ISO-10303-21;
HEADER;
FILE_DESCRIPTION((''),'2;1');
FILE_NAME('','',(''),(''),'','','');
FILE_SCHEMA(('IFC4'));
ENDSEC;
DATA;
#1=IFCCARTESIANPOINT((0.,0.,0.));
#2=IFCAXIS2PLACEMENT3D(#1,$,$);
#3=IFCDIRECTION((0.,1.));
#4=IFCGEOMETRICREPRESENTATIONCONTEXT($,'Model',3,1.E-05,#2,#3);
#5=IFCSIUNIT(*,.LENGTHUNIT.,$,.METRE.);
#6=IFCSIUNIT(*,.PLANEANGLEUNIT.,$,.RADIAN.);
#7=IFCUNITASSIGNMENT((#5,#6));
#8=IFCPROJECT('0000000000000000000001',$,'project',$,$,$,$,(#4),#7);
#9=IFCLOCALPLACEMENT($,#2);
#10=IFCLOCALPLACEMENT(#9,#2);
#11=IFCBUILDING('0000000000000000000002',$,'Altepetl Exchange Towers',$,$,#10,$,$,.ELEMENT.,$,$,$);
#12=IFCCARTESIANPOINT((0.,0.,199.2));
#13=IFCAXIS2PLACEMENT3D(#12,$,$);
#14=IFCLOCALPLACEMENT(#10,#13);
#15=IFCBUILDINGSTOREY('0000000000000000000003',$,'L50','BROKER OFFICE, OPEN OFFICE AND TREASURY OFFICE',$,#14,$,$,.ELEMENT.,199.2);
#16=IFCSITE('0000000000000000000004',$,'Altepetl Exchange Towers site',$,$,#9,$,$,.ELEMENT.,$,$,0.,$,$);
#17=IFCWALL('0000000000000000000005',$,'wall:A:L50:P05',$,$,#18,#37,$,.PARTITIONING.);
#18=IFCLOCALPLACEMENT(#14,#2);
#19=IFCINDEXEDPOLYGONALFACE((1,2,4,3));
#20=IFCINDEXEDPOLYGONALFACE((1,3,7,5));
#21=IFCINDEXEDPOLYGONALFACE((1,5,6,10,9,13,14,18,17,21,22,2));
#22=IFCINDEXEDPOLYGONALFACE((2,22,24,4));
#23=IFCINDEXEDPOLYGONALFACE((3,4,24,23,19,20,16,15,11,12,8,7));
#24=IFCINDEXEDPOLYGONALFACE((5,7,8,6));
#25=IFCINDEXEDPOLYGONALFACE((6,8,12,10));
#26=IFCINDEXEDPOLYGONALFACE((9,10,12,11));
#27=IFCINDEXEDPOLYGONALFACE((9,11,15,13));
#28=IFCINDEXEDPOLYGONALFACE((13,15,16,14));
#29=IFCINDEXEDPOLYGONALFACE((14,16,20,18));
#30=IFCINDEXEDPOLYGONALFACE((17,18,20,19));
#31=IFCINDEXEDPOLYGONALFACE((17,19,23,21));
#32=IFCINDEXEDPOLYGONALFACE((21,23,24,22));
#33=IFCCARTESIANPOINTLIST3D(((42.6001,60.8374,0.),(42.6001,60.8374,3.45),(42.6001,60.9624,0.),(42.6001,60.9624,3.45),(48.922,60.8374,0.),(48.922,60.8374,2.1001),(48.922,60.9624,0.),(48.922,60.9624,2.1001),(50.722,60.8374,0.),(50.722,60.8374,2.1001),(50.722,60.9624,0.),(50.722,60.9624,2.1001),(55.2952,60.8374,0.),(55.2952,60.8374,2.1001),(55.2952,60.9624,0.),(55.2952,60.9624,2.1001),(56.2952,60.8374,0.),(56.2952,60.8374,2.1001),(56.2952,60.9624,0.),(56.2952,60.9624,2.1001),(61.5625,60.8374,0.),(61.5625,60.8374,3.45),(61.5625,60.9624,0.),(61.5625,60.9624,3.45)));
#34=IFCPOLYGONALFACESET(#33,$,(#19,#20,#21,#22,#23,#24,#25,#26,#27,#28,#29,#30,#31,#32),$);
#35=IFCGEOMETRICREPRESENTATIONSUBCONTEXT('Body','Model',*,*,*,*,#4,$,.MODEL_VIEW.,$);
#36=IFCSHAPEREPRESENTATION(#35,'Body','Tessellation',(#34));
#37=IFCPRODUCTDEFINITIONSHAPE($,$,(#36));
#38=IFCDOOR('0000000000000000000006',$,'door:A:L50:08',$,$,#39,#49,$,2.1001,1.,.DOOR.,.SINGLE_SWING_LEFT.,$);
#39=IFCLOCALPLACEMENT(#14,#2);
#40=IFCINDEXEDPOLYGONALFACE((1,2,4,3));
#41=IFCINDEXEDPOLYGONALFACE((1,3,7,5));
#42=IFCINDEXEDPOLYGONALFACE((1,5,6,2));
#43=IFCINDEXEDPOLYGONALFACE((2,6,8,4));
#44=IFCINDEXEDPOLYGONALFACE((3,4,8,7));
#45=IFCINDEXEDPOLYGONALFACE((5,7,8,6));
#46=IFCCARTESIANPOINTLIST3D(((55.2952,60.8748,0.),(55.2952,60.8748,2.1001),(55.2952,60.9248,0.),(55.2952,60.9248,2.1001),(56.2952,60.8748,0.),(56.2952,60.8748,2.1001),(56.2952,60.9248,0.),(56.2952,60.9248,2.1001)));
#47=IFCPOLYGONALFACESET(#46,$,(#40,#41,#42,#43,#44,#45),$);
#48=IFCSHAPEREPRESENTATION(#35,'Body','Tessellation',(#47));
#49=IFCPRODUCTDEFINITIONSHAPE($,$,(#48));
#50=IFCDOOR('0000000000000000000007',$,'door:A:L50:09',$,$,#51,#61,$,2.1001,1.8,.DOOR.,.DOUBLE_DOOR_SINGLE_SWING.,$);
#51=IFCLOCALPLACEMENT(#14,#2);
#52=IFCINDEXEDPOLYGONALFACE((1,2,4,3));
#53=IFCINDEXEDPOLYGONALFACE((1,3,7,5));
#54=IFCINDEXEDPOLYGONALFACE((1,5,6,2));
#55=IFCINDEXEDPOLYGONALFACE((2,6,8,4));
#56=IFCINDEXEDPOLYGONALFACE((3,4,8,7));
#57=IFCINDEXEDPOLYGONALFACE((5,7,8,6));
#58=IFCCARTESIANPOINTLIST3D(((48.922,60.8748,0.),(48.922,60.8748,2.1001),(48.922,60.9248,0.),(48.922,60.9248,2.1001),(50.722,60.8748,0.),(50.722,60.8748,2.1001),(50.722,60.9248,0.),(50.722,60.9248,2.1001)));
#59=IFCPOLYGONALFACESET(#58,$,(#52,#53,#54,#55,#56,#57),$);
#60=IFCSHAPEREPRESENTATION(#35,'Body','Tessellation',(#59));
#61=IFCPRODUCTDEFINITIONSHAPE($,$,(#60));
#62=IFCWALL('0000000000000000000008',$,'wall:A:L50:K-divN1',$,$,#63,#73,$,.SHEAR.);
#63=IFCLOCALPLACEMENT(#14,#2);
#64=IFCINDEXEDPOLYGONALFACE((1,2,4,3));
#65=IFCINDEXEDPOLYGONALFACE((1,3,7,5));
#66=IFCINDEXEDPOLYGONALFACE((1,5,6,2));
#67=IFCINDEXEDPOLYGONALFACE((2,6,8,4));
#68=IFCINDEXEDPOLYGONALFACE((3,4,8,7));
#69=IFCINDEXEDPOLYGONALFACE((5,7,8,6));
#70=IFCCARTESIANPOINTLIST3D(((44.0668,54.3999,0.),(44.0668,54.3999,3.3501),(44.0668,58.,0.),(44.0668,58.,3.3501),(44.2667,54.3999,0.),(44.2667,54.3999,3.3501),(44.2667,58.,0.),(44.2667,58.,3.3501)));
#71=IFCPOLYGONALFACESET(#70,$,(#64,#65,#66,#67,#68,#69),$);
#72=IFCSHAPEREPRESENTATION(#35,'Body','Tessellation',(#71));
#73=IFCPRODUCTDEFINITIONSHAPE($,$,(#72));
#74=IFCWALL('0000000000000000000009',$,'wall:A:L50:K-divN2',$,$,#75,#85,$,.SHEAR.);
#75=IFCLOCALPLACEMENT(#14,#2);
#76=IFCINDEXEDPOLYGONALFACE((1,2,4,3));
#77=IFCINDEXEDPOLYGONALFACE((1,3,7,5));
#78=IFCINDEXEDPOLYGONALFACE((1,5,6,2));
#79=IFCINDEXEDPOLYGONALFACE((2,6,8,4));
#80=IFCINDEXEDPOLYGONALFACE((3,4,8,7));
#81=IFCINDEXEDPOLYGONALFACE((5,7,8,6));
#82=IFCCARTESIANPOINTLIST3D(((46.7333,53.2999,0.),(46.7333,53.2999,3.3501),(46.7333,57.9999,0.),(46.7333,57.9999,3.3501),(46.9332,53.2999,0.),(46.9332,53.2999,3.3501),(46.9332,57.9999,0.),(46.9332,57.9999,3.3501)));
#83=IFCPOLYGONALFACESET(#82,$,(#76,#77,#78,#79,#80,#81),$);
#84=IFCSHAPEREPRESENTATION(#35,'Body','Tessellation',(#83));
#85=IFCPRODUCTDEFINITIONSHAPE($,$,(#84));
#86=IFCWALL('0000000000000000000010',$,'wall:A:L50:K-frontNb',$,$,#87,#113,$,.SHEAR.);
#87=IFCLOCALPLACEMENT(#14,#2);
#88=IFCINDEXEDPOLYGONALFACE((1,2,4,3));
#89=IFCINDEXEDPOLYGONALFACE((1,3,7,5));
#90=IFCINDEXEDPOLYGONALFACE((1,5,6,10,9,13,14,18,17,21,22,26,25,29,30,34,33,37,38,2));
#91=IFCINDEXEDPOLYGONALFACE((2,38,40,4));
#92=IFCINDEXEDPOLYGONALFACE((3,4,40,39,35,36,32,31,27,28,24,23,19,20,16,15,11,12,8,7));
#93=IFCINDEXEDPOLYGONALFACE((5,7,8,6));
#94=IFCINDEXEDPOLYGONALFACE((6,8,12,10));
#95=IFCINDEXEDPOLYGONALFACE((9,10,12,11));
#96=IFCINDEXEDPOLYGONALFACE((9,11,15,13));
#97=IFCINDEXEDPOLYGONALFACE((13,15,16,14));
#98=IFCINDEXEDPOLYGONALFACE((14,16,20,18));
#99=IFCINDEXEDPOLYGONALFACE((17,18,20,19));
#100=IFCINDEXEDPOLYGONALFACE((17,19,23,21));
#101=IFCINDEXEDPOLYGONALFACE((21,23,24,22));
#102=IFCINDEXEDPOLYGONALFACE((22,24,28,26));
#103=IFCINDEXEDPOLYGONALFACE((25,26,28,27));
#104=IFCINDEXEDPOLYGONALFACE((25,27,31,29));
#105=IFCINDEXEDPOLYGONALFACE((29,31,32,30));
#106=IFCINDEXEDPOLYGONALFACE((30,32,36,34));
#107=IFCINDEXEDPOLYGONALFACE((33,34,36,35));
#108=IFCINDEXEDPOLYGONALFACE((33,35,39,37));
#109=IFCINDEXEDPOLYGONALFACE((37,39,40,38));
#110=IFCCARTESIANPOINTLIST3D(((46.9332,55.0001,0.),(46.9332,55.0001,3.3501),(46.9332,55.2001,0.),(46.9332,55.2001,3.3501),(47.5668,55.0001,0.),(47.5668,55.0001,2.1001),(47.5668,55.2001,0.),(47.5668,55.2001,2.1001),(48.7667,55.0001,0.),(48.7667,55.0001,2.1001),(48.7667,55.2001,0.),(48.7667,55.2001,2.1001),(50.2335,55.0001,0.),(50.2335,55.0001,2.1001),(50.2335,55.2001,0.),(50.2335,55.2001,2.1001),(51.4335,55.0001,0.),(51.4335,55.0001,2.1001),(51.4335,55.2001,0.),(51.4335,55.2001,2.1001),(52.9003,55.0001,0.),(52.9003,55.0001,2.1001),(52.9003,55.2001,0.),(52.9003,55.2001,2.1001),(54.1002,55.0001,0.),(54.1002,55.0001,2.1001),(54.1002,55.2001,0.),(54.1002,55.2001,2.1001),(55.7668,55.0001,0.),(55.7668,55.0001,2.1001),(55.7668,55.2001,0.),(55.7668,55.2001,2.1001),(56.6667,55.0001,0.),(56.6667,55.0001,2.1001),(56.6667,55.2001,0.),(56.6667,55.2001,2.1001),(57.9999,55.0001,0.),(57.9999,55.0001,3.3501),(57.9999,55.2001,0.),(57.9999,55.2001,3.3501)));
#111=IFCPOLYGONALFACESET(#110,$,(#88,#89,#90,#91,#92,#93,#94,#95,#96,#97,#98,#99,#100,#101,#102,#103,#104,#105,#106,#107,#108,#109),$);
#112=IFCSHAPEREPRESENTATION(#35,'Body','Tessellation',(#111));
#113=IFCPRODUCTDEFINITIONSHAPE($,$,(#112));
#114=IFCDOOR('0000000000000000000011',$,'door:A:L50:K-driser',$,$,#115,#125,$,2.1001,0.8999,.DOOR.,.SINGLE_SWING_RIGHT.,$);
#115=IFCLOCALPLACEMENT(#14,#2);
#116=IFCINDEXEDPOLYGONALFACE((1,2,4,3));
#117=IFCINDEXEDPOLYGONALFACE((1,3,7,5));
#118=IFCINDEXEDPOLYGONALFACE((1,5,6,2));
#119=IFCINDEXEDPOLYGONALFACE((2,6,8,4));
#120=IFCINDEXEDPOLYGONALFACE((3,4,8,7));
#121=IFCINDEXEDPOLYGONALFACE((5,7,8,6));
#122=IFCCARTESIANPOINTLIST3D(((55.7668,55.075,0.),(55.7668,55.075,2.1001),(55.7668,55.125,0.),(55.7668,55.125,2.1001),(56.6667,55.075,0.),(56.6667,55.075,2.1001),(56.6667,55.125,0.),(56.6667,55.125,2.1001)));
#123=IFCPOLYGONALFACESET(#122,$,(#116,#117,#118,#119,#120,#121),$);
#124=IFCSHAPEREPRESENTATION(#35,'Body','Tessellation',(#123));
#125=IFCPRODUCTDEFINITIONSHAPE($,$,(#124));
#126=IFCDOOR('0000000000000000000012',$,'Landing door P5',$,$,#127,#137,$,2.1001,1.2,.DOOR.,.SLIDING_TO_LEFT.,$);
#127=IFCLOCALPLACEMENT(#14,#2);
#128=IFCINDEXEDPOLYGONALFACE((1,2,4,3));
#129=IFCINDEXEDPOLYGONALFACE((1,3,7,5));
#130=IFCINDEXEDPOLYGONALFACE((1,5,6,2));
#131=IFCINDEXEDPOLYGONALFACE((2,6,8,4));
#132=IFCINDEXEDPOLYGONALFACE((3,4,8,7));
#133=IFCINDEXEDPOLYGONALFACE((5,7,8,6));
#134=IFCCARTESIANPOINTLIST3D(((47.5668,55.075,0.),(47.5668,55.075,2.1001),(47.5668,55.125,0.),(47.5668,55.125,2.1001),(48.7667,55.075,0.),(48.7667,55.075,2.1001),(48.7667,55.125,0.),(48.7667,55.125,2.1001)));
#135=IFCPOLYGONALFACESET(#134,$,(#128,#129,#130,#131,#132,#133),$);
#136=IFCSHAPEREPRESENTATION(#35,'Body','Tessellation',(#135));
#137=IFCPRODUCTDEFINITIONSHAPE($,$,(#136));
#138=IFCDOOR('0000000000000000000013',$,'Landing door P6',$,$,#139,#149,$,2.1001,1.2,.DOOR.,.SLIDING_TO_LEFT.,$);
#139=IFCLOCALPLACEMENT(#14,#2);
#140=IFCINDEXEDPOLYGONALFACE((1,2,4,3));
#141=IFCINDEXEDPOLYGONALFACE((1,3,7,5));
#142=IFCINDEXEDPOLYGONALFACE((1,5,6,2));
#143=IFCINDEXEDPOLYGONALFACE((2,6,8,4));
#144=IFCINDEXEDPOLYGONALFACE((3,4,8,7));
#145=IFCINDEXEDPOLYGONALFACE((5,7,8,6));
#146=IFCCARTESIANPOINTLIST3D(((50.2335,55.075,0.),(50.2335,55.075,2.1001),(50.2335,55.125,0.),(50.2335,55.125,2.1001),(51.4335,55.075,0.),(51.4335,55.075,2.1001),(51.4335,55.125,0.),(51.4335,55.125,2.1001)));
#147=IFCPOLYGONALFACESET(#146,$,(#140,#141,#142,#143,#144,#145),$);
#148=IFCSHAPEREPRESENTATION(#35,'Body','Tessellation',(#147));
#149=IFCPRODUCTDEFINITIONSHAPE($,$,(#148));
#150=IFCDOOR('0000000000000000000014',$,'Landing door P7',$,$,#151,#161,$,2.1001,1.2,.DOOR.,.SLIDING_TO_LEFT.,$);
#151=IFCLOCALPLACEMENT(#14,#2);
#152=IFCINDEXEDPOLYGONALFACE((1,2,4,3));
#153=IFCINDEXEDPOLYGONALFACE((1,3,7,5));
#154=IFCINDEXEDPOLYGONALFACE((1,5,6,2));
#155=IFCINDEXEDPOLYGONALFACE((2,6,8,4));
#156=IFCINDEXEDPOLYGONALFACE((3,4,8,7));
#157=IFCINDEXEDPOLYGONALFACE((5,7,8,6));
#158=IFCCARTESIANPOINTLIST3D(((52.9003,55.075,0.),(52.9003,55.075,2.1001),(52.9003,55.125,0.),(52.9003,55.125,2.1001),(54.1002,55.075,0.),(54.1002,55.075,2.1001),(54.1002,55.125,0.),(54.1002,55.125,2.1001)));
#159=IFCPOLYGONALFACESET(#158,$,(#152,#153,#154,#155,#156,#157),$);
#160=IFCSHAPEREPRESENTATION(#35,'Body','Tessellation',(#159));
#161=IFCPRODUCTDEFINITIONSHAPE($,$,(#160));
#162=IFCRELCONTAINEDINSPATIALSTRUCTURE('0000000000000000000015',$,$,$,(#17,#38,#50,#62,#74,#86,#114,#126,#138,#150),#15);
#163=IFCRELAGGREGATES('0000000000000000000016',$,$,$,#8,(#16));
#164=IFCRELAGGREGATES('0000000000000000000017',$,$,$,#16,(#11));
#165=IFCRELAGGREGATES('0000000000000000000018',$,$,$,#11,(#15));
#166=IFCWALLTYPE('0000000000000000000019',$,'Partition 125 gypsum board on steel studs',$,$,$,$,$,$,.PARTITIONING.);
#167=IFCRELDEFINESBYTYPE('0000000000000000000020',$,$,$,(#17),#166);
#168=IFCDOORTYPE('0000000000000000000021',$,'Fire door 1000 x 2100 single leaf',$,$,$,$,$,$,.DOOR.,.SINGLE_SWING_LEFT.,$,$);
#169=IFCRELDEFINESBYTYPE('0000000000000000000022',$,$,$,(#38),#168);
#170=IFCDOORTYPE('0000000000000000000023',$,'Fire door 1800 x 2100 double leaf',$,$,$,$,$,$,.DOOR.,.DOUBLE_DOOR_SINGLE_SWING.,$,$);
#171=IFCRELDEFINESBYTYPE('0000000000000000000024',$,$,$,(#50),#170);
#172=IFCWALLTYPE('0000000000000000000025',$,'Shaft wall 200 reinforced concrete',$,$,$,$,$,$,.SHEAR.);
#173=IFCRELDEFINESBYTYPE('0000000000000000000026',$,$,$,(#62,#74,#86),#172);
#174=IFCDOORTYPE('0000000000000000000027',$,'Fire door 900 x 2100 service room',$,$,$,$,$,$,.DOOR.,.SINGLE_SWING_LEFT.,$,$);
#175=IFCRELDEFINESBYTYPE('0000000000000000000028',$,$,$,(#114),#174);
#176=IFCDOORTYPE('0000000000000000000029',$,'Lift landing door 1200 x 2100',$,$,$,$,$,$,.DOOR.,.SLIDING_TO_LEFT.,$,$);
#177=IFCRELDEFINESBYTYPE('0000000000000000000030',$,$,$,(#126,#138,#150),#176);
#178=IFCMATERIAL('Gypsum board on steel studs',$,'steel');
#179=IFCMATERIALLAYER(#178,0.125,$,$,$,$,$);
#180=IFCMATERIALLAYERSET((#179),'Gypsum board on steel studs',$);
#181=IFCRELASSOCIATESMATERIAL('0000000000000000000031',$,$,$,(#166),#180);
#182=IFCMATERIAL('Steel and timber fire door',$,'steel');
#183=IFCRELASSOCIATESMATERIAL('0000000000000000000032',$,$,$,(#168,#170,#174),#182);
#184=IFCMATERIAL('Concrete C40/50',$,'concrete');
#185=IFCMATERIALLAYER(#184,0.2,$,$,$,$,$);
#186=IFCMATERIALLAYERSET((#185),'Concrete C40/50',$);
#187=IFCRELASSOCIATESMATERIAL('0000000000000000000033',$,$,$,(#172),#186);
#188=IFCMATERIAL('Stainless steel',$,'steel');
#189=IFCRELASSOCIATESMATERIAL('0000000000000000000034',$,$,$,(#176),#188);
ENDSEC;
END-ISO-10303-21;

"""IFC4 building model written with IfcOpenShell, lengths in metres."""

from ifc_helpers import new_model, si_unit, direction, frame, frame_2d, origin, place, context, subcontext, project, spatial, rectangle, extrude, material, layer, layer_set, type_object, element, fill, save


model = new_model("IFC4")

# Units and contexts
model_context = context("Model", 3, precision=1e-05, world=origin(), true_north=direction((0.0, 1.0)))
body_context = subcontext(model_context, "Body", "Model", "MODEL_VIEW")
ifc_project = project(units=[si_unit("LENGTHUNIT", "METRE"), si_unit("PLANEANGLEUNIT", "RADIAN")], contexts=[model_context])

# Site, building, storey
site_placement = place(None, origin())
site = spatial("IfcSite", under=ifc_project, at=site_placement, Name="Altepetl Exchange Towers site", CompositionType="ELEMENT", RefElevation=0.0)
building_placement = place(site_placement, origin())
building = spatial("IfcBuilding", under=site, at=building_placement, Name="Altepetl Exchange Towers", CompositionType="ELEMENT")
storey_placement = place(building_placement, frame((0.0, 0.0, 199.2)))
storey = spatial("IfcBuildingStorey", under=building, at=storey_placement, Name="L50", Description="BROKER OFFICE, OPEN OFFICE AND TREASURY OFFICE", CompositionType="ELEMENT", Elevation=199.2)

# Wall, openings, doors
ifc_material_1 = material(Name="Gypsum board on steel studs", Category="steel")
ifc_layer_1 = layer(ifc_material_1, 0.125)
ifc_layer_set_1 = layer_set([ifc_layer_1], Name="Gypsum board on steel studs")
wall_type_1 = type_object("IfcWallType", Name="Partition 125 gypsum board on steel studs", PredefinedType="PARTITIONING", material=ifc_layer_set_1)
wall_1_placement = place(storey_placement, frame((42.6001, 60.8999, 0.0)))
wall_1 = element("IfcWall", 1, at=wall_1_placement, inside=storey, type_object=wall_type_1, Name="wall:A:L50:P05", PredefinedType="PARTITIONING", context=body_context, shape_type="SweptSolid", body=[
    extrude(rectangle(XDim=18.9624, YDim=0.125, at=frame_2d((9.4812, 0.0))), origin(), (0.0, 0.0, 1.0), 3.45),
])
opening_1_placement = place(wall_1_placement, frame((12.6951, 0.0, 0.0)))
opening_1 = element("IfcOpeningElement", 2, at=opening_1_placement, cuts=wall_1, PredefinedType="OPENING", context=body_context, shape_type="SweptSolid", body=[
    extrude(rectangle(XDim=1.0, YDim=2.1001, at=frame_2d((0.5, 1.05))), frame((0.0, 0.0725, 0.0), z_axis=(0.0, -1.0, 0.0), x_axis=(1.0, 0.0, 0.0)), (0.0, 0.0, 1.0), 0.145),
])
opening_2_placement = place(wall_1_placement, frame((6.322, 0.0, 0.0)))
opening_2 = element("IfcOpeningElement", 3, at=opening_2_placement, cuts=wall_1, PredefinedType="OPENING", context=body_context, shape_type="SweptSolid", body=[
    extrude(rectangle(XDim=1.8, YDim=2.1001, at=frame_2d((0.8999, 1.05))), frame((0.0, 0.0725, 0.0), z_axis=(0.0, -1.0, 0.0), x_axis=(1.0, 0.0, 0.0)), (0.0, 0.0, 1.0), 0.145),
])
ifc_material_2 = material(Name="Steel and timber fire door", Category="steel")
door_type_1 = type_object("IfcDoorType", Name="Fire door 1000 x 2100 single leaf", OperationType="SINGLE_SWING_LEFT", PredefinedType="DOOR", material=ifc_material_2)
door_1_placement = place(opening_1_placement, origin())
door_1 = element("IfcDoor", 4, at=door_1_placement, inside=storey, type_object=door_type_1, Name="door:A:L50:08", OperationType="SINGLE_SWING_LEFT", OverallHeight=2.1001, OverallWidth=1.0, PredefinedType="DOOR", context=body_context, shape_type="SweptSolid", body=[
    extrude(rectangle(XDim=1.0, YDim=2.1001, at=frame_2d((0.5, 1.05))), frame((0.0, 0.0249, 0.0), z_axis=(0.0, -1.0, 0.0), x_axis=(1.0, 0.0, 0.0)), (0.0, 0.0, 1.0), 0.05),
])
fill(opening_1, door_1)
door_type_2 = type_object("IfcDoorType", Name="Fire door 1800 x 2100 double leaf", OperationType="DOUBLE_DOOR_SINGLE_SWING", PredefinedType="DOOR", material=ifc_material_2)
door_2_placement = place(opening_2_placement, origin())
door_2 = element("IfcDoor", 5, at=door_2_placement, inside=storey, type_object=door_type_2, Name="door:A:L50:09", OperationType="DOUBLE_DOOR_SINGLE_SWING", OverallHeight=2.1001, OverallWidth=1.8, PredefinedType="DOOR", context=body_context, shape_type="SweptSolid", body=[
    extrude(rectangle(XDim=1.8, YDim=2.1001, at=frame_2d((0.8999, 1.05))), frame((0.0, 0.0249, 0.0), z_axis=(0.0, -1.0, 0.0), x_axis=(1.0, 0.0, 0.0)), (0.0, 0.0, 1.0), 0.05),
])
fill(opening_2, door_2)

# Walls
ifc_material_3 = material(Name="Concrete C40/50", Category="concrete")
ifc_layer_2 = layer(ifc_material_3, 0.2)
ifc_layer_set_2 = layer_set([ifc_layer_2], Name="Concrete C40/50")
wall_type_2 = type_object("IfcWallType", Name="Shaft wall 200 reinforced concrete", PredefinedType="SHEAR", material=ifc_layer_set_2)
wall_2_placement = place(storey_placement, frame((44.1667, 58.0, 0.0), z_axis=(0.0, 0.0, 1.0), x_axis=(0.0, -1.0, 0.0)))
element("IfcWall", 6, at=wall_2_placement, inside=storey, type_object=wall_type_2, Name="wall:A:L50:K-divN1", PredefinedType="SHEAR", context=body_context, shape_type="SweptSolid", body=[
    extrude(rectangle(XDim=3.6001, YDim=0.2, at=frame_2d((1.8, 0.0))), origin(), (0.0, 0.0, 1.0), 3.3501),
])
wall_3_placement = place(storey_placement, frame((46.8333, 58.0, 0.0), z_axis=(0.0, 0.0, 1.0), x_axis=(0.0, -1.0, 0.0)))
element("IfcWall", 7, at=wall_3_placement, inside=storey, type_object=wall_type_2, Name="wall:A:L50:K-divN2", PredefinedType="SHEAR", context=body_context, shape_type="SweptSolid", body=[
    extrude(rectangle(XDim=4.7, YDim=0.2, at=frame_2d((2.3501, 0.0))), origin(), (0.0, 0.0, 1.0), 3.3501),
])

# Wall, openings, doors
wall_4_placement = place(storey_placement, frame((46.9333, 55.1001, 0.0)))
wall_4 = element("IfcWall", 8, at=wall_4_placement, inside=storey, type_object=wall_type_2, Name="wall:A:L50:K-frontNb", PredefinedType="SHEAR", context=body_context, shape_type="SweptSolid", body=[
    extrude(rectangle(XDim=11.0667, YDim=0.2, at=frame_2d((5.5332, 0.0))), origin(), (0.0, 0.0, 1.0), 3.3501),
])
opening_3_placement = place(wall_4_placement, frame((8.8335, 0.0, 0.0)))
opening_3 = element("IfcOpeningElement", 9, at=opening_3_placement, cuts=wall_4, PredefinedType="OPENING", context=body_context, shape_type="SweptSolid", body=[
    extrude(rectangle(XDim=0.8999, YDim=2.1001, at=frame_2d((0.45, 1.05))), frame((0.0, 0.1099, 0.0), z_axis=(0.0, -1.0, 0.0), x_axis=(1.0, 0.0, 0.0)), (0.0, 0.0, 1.0), 0.22),
])
opening_4_placement = place(wall_4_placement, frame((0.6333, 0.0, 0.0)))
opening_4 = element("IfcOpeningElement", 10, at=opening_4_placement, cuts=wall_4, PredefinedType="OPENING", context=body_context, shape_type="SweptSolid", body=[
    extrude(rectangle(XDim=1.2, YDim=2.1001, at=frame_2d((0.6001, 1.05))), frame((0.0, 0.1099, 0.0), z_axis=(0.0, -1.0, 0.0), x_axis=(1.0, 0.0, 0.0)), (0.0, 0.0, 1.0), 0.22),
])
opening_5_placement = place(wall_4_placement, frame((3.3, 0.0, 0.0)))
opening_5 = element("IfcOpeningElement", 11, at=opening_5_placement, cuts=wall_4, PredefinedType="OPENING", context=body_context, shape_type="SweptSolid", body=[
    extrude(rectangle(XDim=1.2, YDim=2.1001, at=frame_2d((0.6001, 1.05))), frame((0.0, 0.1099, 0.0), z_axis=(0.0, -1.0, 0.0), x_axis=(1.0, 0.0, 0.0)), (0.0, 0.0, 1.0), 0.22),
])
opening_6_placement = place(wall_4_placement, frame((5.9668, 0.0, 0.0)))
opening_6 = element("IfcOpeningElement", 12, at=opening_6_placement, cuts=wall_4, PredefinedType="OPENING", context=body_context, shape_type="SweptSolid", body=[
    extrude(rectangle(XDim=1.2, YDim=2.1001, at=frame_2d((0.6001, 1.05))), frame((0.0, 0.1099, 0.0), z_axis=(0.0, -1.0, 0.0), x_axis=(1.0, 0.0, 0.0)), (0.0, 0.0, 1.0), 0.22),
])
door_type_3 = type_object("IfcDoorType", Name="Fire door 900 x 2100 service room", OperationType="SINGLE_SWING_LEFT", PredefinedType="DOOR", material=ifc_material_2)
door_3_placement = place(opening_3_placement, origin())
door_3 = element("IfcDoor", 13, at=door_3_placement, inside=storey, type_object=door_type_3, Name="door:A:L50:K-driser", OperationType="SINGLE_SWING_RIGHT", OverallHeight=2.1001, OverallWidth=0.8999, PredefinedType="DOOR", context=body_context, shape_type="SweptSolid", body=[
    extrude(rectangle(XDim=0.8999, YDim=2.1001, at=frame_2d((0.45, 1.05))), frame((0.0, 0.0249, 0.0), z_axis=(0.0, -1.0, 0.0), x_axis=(1.0, 0.0, 0.0)), (0.0, 0.0, 1.0), 0.05),
])
fill(opening_3, door_3)
ifc_material_4 = material(Name="Stainless steel", Category="steel")
door_type_4 = type_object("IfcDoorType", Name="Lift landing door 1200 x 2100", OperationType="SLIDING_TO_LEFT", PredefinedType="DOOR", material=ifc_material_4)
door_4_placement = place(opening_4_placement, origin())
door_4 = element("IfcDoor", 14, at=door_4_placement, inside=storey, type_object=door_type_4, Name="Landing door P5", OperationType="SLIDING_TO_LEFT", OverallHeight=2.1001, OverallWidth=1.2, PredefinedType="DOOR", context=body_context, shape_type="SweptSolid", body=[
    extrude(rectangle(XDim=1.2, YDim=2.1001, at=frame_2d((0.6001, 1.05))), frame((0.0, 0.0249, 0.0), z_axis=(0.0, -1.0, 0.0), x_axis=(1.0, 0.0, 0.0)), (0.0, 0.0, 1.0), 0.05),
])
fill(opening_4, door_4)
door_5_placement = place(opening_5_placement, origin())
door_5 = element("IfcDoor", 15, at=door_5_placement, inside=storey, type_object=door_type_4, Name="Landing door P6", OperationType="SLIDING_TO_LEFT", OverallHeight=2.1001, OverallWidth=1.2, PredefinedType="DOOR", context=body_context, shape_type="SweptSolid", body=[
    extrude(rectangle(XDim=1.2, YDim=2.1001, at=frame_2d((0.6001, 1.05))), frame((0.0, 0.0249, 0.0), z_axis=(0.0, -1.0, 0.0), x_axis=(1.0, 0.0, 0.0)), (0.0, 0.0, 1.0), 0.05),
])
fill(opening_5, door_5)
door_6_placement = place(opening_6_placement, origin())
door_6 = element("IfcDoor", 16, at=door_6_placement, inside=storey, type_object=door_type_4, Name="Landing door P7", OperationType="SLIDING_TO_LEFT", OverallHeight=2.1001, OverallWidth=1.2, PredefinedType="DOOR", context=body_context, shape_type="SweptSolid", body=[
    extrude(rectangle(XDim=1.2, YDim=2.1001, at=frame_2d((0.6001, 1.05))), frame((0.0, 0.0249, 0.0), z_axis=(0.0, -1.0, 0.0), x_axis=(1.0, 0.0, 0.0)), (0.0, 0.0, 1.0), 0.05),
])
fill(opening_6, door_6)

save(model, "model.ifc")
